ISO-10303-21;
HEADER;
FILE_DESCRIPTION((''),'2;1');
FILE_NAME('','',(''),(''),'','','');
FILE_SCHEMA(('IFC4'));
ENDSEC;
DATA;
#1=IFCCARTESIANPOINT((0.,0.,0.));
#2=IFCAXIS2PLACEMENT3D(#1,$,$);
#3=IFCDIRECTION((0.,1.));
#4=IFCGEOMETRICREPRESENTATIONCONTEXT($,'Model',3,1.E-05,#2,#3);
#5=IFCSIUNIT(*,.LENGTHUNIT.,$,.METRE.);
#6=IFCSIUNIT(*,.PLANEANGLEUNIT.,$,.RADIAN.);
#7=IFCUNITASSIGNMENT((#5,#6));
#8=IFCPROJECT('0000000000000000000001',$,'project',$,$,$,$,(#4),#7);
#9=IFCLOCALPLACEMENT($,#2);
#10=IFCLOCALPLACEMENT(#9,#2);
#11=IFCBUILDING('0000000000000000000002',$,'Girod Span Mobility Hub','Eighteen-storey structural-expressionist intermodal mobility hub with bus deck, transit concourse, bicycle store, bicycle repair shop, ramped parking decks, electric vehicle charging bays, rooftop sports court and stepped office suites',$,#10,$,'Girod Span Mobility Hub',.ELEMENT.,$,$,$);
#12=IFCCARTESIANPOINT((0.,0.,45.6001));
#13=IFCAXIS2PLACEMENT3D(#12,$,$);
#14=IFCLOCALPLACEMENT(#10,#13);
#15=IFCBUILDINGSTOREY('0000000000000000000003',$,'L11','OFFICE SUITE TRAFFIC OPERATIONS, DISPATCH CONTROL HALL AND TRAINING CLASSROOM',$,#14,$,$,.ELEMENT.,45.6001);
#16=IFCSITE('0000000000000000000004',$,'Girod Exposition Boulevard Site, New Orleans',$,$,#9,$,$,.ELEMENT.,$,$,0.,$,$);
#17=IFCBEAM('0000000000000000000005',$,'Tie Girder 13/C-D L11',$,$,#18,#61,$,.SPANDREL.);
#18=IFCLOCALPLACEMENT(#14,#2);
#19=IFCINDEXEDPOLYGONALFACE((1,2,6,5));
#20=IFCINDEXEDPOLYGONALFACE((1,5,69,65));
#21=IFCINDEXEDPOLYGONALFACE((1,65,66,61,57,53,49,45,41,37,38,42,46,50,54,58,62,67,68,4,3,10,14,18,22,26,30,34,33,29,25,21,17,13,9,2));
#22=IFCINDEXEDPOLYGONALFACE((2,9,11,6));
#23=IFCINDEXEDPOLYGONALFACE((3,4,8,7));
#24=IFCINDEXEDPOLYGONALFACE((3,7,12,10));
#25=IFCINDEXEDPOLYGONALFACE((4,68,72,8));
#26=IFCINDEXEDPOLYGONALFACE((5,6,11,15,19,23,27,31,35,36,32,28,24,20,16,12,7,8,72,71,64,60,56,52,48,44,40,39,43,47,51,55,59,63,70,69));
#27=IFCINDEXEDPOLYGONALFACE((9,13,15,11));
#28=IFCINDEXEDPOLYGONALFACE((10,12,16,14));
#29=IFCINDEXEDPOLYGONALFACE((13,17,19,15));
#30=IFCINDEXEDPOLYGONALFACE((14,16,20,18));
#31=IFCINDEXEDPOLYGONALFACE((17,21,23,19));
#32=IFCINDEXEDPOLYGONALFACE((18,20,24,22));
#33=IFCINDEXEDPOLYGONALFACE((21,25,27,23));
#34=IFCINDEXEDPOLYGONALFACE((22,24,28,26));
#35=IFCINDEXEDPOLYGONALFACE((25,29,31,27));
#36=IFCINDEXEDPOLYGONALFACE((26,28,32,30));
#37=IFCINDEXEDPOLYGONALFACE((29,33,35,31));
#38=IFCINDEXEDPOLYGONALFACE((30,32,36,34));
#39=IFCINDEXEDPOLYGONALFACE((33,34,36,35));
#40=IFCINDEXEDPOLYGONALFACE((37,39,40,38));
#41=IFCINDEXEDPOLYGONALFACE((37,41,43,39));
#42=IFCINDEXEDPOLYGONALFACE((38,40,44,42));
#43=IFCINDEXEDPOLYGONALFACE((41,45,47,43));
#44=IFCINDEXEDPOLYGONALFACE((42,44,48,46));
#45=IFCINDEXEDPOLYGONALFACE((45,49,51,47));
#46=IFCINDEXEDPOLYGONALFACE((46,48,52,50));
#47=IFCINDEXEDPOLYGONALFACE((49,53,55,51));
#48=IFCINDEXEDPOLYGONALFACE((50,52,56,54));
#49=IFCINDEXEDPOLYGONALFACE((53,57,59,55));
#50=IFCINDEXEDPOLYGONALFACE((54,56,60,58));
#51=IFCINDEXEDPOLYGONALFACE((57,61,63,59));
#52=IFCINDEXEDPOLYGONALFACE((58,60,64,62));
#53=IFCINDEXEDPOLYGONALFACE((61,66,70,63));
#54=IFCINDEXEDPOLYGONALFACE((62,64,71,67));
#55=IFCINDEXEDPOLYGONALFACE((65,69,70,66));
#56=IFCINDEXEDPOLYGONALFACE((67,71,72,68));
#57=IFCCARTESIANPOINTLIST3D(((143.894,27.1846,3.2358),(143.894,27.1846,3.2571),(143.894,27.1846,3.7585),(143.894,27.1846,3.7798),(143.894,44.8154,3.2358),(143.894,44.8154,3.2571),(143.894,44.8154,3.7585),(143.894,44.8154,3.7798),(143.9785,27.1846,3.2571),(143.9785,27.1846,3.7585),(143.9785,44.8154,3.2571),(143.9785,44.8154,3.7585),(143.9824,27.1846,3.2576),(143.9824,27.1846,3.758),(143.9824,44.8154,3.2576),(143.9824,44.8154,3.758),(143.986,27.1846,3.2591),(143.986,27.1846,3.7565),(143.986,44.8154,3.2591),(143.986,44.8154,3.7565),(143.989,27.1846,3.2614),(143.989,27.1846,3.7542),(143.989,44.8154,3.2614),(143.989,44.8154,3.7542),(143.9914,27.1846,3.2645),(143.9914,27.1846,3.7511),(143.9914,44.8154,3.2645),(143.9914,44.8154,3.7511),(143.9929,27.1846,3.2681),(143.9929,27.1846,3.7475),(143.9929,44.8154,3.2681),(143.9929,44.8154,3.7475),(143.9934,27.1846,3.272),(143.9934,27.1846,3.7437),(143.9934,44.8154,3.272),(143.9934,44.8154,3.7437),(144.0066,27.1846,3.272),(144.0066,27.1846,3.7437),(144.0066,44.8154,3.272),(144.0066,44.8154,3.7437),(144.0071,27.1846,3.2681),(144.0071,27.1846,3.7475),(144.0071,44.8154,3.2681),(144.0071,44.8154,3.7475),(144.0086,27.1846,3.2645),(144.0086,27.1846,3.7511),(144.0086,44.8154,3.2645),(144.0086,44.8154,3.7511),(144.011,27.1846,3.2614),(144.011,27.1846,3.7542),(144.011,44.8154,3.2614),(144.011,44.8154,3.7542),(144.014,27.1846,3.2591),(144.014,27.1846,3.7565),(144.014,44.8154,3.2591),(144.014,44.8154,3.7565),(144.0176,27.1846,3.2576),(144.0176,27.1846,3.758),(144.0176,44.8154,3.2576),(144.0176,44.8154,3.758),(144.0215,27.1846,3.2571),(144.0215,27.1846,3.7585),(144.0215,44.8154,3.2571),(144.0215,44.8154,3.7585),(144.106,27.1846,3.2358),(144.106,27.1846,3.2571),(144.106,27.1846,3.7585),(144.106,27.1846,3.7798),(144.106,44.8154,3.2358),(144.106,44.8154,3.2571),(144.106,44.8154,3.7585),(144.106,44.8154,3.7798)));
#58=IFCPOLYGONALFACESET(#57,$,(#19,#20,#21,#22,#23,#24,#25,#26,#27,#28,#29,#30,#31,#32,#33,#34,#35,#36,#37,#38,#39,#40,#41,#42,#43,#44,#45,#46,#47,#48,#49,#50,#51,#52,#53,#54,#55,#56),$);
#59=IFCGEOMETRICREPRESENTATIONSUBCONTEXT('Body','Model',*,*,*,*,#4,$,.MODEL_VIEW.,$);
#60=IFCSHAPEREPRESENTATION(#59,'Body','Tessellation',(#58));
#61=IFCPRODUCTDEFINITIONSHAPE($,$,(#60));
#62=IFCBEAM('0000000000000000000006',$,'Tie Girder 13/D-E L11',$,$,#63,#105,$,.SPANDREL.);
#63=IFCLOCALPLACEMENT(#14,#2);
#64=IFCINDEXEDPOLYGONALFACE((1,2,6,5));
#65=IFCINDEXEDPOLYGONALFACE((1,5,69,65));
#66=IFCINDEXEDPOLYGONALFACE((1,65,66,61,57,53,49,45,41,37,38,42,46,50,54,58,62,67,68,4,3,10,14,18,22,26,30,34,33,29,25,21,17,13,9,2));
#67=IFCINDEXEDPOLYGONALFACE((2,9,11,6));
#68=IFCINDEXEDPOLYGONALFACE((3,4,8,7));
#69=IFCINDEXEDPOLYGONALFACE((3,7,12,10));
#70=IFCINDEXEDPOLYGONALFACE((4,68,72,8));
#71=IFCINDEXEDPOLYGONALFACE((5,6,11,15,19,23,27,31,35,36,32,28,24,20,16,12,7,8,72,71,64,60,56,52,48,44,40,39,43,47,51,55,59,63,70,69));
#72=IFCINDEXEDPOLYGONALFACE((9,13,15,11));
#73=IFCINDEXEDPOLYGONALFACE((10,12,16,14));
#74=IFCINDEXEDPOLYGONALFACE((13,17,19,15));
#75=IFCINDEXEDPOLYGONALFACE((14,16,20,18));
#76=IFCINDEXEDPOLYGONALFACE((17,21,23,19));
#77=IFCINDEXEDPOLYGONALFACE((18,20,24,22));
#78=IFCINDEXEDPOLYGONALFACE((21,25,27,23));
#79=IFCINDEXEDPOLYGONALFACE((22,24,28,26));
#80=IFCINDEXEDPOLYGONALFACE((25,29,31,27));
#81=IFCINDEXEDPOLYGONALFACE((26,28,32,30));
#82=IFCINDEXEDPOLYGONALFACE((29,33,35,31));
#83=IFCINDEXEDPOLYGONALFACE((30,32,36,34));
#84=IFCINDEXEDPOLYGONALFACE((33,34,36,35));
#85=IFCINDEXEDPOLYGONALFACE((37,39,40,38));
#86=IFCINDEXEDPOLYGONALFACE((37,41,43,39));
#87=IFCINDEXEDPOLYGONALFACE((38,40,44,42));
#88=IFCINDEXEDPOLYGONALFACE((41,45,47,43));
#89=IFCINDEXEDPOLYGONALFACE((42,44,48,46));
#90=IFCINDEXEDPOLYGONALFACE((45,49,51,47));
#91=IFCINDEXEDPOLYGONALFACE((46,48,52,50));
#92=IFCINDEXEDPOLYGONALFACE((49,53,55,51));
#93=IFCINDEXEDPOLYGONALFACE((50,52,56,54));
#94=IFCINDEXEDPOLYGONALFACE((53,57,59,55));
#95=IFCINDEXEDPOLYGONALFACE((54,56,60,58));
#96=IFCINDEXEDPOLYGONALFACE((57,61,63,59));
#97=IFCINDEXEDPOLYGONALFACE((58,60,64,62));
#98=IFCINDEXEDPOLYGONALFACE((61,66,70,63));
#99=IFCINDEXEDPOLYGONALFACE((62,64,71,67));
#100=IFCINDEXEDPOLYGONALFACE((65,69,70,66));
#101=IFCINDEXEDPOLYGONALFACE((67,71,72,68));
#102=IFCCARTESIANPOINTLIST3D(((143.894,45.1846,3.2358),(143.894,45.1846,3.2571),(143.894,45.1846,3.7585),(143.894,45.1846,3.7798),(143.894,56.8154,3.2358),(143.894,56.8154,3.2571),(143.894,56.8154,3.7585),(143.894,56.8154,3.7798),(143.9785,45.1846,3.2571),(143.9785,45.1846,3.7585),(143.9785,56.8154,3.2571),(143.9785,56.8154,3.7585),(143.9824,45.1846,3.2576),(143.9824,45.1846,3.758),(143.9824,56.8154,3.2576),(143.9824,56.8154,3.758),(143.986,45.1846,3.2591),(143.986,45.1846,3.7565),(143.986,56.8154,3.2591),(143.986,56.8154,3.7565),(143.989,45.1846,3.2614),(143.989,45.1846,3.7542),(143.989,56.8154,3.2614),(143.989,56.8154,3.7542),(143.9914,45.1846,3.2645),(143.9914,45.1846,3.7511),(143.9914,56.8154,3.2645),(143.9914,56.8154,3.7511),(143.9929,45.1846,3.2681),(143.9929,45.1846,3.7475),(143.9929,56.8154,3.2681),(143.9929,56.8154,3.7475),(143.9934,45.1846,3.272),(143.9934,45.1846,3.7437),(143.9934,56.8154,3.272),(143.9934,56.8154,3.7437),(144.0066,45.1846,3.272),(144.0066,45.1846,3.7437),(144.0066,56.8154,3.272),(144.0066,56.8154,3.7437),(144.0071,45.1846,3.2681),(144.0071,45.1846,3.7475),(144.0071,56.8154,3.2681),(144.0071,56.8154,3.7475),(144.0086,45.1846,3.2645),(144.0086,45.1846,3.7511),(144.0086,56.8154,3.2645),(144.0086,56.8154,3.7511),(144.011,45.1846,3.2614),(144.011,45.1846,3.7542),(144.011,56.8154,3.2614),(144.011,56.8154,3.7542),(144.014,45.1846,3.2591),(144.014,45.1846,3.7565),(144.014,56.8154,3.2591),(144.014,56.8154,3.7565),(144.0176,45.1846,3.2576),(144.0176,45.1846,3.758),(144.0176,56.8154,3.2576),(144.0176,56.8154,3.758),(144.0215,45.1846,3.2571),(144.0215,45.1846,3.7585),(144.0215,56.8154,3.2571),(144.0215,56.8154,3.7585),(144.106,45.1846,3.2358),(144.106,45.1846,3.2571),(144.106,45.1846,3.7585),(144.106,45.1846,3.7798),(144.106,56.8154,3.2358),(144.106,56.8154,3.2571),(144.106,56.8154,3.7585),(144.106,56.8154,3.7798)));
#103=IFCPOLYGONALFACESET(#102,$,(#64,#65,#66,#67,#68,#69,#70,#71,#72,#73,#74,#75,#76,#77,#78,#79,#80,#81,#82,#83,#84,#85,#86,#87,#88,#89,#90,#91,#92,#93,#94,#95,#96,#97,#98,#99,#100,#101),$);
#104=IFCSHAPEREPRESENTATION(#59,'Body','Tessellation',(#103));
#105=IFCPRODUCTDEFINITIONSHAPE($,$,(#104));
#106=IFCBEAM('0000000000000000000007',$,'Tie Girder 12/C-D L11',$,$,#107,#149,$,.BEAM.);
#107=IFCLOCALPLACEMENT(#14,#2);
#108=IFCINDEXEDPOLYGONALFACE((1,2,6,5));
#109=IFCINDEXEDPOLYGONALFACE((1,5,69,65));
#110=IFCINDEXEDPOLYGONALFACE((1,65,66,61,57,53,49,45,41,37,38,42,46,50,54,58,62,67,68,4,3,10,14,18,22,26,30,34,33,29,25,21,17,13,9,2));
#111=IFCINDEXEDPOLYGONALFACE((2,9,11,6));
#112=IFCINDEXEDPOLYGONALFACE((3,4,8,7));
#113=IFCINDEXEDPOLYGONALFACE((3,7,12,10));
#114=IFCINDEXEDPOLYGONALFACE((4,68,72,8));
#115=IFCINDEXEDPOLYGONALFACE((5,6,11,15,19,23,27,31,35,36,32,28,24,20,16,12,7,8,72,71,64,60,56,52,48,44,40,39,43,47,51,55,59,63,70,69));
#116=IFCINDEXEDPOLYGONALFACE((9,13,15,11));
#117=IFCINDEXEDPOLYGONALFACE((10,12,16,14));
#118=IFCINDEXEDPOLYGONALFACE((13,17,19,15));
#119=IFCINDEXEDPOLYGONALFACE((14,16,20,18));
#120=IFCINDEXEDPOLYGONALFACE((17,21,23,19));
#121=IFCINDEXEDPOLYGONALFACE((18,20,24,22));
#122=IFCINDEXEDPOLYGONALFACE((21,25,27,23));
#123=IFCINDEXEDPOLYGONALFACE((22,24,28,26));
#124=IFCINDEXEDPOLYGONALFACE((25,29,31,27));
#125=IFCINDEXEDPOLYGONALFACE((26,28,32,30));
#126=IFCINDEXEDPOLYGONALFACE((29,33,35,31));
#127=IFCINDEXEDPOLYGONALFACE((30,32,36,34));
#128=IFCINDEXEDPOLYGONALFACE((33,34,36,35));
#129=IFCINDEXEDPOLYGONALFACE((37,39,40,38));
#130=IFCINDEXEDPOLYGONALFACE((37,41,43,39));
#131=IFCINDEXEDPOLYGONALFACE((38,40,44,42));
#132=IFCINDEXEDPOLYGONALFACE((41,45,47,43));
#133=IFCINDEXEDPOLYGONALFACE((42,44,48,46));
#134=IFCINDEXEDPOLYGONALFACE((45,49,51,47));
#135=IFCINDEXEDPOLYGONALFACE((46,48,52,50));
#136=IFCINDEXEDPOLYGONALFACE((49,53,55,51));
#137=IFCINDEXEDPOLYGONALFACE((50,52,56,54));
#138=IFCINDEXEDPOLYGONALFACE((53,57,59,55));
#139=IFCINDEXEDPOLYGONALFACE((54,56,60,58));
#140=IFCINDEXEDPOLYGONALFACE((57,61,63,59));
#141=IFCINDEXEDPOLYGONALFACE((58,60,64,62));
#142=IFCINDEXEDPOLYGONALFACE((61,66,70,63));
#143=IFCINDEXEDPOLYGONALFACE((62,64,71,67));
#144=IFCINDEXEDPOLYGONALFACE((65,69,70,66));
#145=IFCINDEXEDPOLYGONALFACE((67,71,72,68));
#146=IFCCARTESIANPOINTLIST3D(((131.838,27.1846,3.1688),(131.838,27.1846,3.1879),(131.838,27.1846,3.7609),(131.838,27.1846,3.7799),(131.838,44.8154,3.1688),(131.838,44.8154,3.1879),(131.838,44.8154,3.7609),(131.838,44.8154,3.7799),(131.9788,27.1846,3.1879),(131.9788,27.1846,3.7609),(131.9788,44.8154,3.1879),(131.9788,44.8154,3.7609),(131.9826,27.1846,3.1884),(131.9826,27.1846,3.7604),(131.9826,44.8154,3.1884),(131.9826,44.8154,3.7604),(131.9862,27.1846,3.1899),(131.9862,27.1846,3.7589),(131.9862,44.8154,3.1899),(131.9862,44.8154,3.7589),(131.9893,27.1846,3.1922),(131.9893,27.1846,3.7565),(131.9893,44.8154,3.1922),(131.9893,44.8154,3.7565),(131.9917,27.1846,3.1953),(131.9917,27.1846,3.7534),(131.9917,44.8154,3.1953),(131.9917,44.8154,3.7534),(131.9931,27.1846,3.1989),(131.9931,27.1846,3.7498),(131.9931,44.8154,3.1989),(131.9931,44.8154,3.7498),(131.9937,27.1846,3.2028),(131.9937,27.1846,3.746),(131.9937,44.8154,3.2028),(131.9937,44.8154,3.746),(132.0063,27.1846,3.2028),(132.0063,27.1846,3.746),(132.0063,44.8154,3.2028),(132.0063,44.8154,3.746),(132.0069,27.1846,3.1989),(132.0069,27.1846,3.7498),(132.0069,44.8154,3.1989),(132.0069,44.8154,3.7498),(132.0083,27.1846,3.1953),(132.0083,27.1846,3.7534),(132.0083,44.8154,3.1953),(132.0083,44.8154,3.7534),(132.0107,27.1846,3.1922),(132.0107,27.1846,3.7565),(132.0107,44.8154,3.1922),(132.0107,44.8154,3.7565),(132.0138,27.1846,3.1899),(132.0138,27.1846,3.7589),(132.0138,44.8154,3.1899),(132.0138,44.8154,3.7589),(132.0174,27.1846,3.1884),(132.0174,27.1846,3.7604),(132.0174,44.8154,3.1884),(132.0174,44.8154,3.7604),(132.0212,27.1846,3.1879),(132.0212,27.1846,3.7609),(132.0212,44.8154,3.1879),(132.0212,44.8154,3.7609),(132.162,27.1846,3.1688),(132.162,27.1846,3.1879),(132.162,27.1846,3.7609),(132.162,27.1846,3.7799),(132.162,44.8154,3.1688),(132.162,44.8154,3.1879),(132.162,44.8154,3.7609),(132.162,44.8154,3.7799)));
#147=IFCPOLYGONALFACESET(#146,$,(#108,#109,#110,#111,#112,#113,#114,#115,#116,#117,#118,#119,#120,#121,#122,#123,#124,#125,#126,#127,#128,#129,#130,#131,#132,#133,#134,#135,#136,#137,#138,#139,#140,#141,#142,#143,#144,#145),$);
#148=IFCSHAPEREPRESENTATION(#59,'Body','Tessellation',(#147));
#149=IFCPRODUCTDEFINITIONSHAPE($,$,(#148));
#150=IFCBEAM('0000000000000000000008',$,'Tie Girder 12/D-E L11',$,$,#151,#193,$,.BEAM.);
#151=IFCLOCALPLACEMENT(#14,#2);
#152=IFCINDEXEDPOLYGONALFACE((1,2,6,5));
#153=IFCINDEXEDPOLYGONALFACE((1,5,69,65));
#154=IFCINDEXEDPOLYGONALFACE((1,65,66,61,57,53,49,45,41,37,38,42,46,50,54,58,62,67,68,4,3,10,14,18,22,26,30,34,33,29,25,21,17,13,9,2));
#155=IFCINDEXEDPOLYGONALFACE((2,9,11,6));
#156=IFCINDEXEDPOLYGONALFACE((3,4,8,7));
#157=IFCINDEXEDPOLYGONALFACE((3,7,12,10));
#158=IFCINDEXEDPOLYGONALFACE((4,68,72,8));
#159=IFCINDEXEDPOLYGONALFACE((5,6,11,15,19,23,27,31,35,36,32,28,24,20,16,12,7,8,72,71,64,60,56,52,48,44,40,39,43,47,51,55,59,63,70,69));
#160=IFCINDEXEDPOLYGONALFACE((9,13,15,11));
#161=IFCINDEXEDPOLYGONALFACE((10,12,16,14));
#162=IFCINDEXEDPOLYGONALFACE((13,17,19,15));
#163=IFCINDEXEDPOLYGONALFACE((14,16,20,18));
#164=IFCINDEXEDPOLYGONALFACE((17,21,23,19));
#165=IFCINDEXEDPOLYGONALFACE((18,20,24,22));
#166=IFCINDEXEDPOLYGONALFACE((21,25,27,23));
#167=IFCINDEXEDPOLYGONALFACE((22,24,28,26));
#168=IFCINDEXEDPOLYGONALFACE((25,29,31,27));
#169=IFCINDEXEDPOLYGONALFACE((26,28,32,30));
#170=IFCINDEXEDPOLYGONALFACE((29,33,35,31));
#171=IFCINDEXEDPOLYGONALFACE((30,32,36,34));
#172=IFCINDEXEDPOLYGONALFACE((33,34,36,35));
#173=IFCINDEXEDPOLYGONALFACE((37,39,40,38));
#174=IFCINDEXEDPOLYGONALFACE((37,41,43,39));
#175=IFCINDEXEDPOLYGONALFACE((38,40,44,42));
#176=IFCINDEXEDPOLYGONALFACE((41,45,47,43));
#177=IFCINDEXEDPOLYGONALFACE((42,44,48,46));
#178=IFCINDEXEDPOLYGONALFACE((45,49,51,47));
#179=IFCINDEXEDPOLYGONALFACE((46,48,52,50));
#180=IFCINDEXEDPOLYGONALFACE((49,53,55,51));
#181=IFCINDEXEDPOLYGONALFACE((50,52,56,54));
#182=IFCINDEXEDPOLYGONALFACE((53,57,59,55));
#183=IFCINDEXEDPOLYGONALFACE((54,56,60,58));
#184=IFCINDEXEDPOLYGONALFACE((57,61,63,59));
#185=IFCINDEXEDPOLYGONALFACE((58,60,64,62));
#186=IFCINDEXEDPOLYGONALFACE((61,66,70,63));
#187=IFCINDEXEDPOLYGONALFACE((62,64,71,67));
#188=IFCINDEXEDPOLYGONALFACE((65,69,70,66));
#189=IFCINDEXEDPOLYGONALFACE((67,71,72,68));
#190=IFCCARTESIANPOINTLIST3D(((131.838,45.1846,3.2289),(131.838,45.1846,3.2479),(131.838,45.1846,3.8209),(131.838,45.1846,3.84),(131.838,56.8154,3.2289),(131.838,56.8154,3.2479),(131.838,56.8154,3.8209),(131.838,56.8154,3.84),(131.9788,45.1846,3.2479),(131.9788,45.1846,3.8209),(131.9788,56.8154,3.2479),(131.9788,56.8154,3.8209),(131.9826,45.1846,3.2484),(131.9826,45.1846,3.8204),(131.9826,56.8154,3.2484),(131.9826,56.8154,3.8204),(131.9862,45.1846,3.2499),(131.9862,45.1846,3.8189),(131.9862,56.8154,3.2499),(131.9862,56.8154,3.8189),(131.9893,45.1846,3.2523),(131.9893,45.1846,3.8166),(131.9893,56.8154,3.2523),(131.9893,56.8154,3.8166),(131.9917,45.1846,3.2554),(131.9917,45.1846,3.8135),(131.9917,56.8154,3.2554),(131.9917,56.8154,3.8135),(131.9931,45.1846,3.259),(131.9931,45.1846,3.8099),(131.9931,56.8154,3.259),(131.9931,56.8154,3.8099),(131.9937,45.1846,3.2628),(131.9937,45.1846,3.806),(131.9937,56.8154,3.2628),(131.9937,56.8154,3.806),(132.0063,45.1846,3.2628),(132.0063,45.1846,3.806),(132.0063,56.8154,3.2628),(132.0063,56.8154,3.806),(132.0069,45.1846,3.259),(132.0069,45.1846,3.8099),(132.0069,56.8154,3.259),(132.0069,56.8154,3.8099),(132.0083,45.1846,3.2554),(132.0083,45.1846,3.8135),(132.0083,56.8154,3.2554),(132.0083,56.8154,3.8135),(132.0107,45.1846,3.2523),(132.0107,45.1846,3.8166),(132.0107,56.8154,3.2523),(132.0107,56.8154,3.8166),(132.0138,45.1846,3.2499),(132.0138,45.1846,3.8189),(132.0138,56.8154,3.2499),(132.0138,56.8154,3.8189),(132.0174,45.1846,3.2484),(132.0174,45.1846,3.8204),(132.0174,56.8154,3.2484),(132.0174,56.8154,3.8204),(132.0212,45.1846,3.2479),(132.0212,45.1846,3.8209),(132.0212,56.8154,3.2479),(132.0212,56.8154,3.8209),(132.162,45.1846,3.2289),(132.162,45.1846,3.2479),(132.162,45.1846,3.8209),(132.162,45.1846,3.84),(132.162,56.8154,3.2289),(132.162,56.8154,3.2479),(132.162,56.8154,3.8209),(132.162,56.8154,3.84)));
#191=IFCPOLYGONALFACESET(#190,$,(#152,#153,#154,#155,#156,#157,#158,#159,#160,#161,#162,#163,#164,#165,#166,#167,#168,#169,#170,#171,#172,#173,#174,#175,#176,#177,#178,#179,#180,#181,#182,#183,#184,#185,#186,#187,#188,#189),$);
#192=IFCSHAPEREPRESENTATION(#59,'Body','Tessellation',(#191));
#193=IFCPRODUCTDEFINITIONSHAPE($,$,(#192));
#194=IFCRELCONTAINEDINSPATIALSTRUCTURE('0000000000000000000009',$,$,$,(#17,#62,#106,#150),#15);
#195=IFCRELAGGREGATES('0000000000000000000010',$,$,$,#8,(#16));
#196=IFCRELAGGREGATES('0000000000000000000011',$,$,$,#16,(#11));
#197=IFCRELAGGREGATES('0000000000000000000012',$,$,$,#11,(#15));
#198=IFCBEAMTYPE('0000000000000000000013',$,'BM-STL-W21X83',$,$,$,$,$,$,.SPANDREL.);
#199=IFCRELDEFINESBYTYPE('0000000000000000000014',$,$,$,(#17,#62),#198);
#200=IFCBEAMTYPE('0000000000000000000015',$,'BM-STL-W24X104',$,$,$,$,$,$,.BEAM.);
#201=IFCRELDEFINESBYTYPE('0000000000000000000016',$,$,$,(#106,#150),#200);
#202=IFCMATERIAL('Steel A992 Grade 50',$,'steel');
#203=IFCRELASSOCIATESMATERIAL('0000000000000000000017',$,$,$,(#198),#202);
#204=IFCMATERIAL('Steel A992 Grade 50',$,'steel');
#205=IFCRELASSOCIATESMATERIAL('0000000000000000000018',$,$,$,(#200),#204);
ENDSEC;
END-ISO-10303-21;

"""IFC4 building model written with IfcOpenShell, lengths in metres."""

from ifc_helpers import new_model, si_unit, direction, frame, origin, origin_2d, place, context, subcontext, project, spatial, i_section, extrude, material, material_profile, profile_set, type_object, element, save


model = new_model("IFC4")

# Units and contexts
model_context = context("Model", 3, precision=1e-05, world=origin(), true_north=direction((0.0, 1.0)))
body_context = subcontext(model_context, "Body", "Model", "MODEL_VIEW")
ifc_project = project(units=[si_unit("LENGTHUNIT", "METRE"), si_unit("PLANEANGLEUNIT", "RADIAN")], contexts=[model_context])

# Site, building, storey
site_placement = place(None, origin())
site = spatial("IfcSite", under=ifc_project, at=site_placement, Name="Girod Exposition Boulevard Site, New Orleans", CompositionType="ELEMENT", RefElevation=0.0)
building_placement = place(site_placement, origin())
building = spatial("IfcBuilding", under=site, at=building_placement, Name="Girod Span Mobility Hub", Description="Eighteen-storey structural-expressionist intermodal mobility hub with bus deck, transit concourse, bicycle store, bicycle repair shop, ramped parking decks, electric vehicle charging bays, rooftop sports court and stepped office suites", LongName="Girod Span Mobility Hub", CompositionType="ELEMENT")
storey_placement = place(building_placement, frame((0.0, 0.0, 45.6001)))
storey = spatial("IfcBuildingStorey", under=building, at=storey_placement, Name="L11", Description="OFFICE SUITE TRAFFIC OPERATIONS, DISPATCH CONTROL HALL AND TRAINING CLASSROOM", CompositionType="ELEMENT", Elevation=45.6001)

# Beams
ifc_material_1 = material(Name="Steel A992 Grade 50", Category="steel")
ifc_material_profile_1 = material_profile(ifc_material_1, i_section(OverallWidth=0.2119, OverallDepth=0.5439, WebThickness=0.0132, FlangeThickness=0.0212, FilletRadius=0.0149, at=origin_2d()), Name="W21X83")
ifc_profile_set_1 = profile_set([ifc_material_profile_1], Name="Steel A992 Grade 50")
beam_type_1 = type_object("IfcBeamType", Name="BM-STL-W21X83", PredefinedType="SPANDREL", material=ifc_profile_set_1)
beam_1_placement = place(storey_placement, frame((144.0, 27.1846, 3.5078), z_axis=(0.0, 1.0, 0.0), x_axis=(-1.0, 0.0, 0.0)))
element("IfcBeam", 1, at=beam_1_placement, inside=storey, type_object=beam_type_1, Name="Tie Girder 13/C-D L11", PredefinedType="SPANDREL", context=body_context, shape_type="SweptSolid", body=[
    extrude(i_section(OverallWidth=0.2119, OverallDepth=0.5439, WebThickness=0.0132, FlangeThickness=0.0212, FilletRadius=0.0149, at=origin_2d()), origin(), (0.0, 0.0, 1.0), 17.6309),
])
beam_2_placement = place(storey_placement, frame((144.0, 45.1846, 3.5078), z_axis=(0.0, 1.0, 0.0), x_axis=(-1.0, 0.0, 0.0)))
element("IfcBeam", 2, at=beam_2_placement, inside=storey, type_object=beam_type_1, Name="Tie Girder 13/D-E L11", PredefinedType="SPANDREL", context=body_context, shape_type="SweptSolid", body=[
    extrude(i_section(OverallWidth=0.2119, OverallDepth=0.5439, WebThickness=0.0132, FlangeThickness=0.0212, FilletRadius=0.0149, at=origin_2d()), origin(), (0.0, 0.0, 1.0), 11.6309),
])
ifc_material_2 = material(Name="Steel A992 Grade 50", Category="steel")
ifc_material_profile_2 = material_profile(ifc_material_2, i_section(OverallWidth=0.324, OverallDepth=0.6111, WebThickness=0.0127, FlangeThickness=0.019, FilletRadius=0.0149, at=origin_2d()), Name="W24X104")
ifc_profile_set_2 = profile_set([ifc_material_profile_2], Name="Steel A992 Grade 50")
beam_type_2 = type_object("IfcBeamType", Name="BM-STL-W24X104", PredefinedType="BEAM", material=ifc_profile_set_2)
beam_3_placement = place(storey_placement, frame((132.0, 27.1846, 3.4744), z_axis=(0.0, 1.0, 0.0), x_axis=(-1.0, 0.0, 0.0)))
element("IfcBeam", 3, at=beam_3_placement, inside=storey, type_object=beam_type_2, Name="Tie Girder 12/C-D L11", PredefinedType="BEAM", context=body_context, shape_type="SweptSolid", body=[
    extrude(i_section(OverallWidth=0.324, OverallDepth=0.6111, WebThickness=0.0127, FlangeThickness=0.019, FilletRadius=0.0149, at=origin_2d()), origin(), (0.0, 0.0, 1.0), 17.6309),
])
beam_4_placement = place(storey_placement, frame((132.0, 45.1846, 3.5344), z_axis=(0.0, 1.0, 0.0), x_axis=(-1.0, 0.0, 0.0)))
element("IfcBeam", 4, at=beam_4_placement, inside=storey, type_object=beam_type_2, Name="Tie Girder 12/D-E L11", PredefinedType="BEAM", context=body_context, shape_type="SweptSolid", body=[
    extrude(i_section(OverallWidth=0.324, OverallDepth=0.6111, WebThickness=0.0127, FlangeThickness=0.019, FilletRadius=0.0149, at=origin_2d()), origin(), (0.0, 0.0, 1.0), 11.6309),
])

save(model, "model.ifc")
